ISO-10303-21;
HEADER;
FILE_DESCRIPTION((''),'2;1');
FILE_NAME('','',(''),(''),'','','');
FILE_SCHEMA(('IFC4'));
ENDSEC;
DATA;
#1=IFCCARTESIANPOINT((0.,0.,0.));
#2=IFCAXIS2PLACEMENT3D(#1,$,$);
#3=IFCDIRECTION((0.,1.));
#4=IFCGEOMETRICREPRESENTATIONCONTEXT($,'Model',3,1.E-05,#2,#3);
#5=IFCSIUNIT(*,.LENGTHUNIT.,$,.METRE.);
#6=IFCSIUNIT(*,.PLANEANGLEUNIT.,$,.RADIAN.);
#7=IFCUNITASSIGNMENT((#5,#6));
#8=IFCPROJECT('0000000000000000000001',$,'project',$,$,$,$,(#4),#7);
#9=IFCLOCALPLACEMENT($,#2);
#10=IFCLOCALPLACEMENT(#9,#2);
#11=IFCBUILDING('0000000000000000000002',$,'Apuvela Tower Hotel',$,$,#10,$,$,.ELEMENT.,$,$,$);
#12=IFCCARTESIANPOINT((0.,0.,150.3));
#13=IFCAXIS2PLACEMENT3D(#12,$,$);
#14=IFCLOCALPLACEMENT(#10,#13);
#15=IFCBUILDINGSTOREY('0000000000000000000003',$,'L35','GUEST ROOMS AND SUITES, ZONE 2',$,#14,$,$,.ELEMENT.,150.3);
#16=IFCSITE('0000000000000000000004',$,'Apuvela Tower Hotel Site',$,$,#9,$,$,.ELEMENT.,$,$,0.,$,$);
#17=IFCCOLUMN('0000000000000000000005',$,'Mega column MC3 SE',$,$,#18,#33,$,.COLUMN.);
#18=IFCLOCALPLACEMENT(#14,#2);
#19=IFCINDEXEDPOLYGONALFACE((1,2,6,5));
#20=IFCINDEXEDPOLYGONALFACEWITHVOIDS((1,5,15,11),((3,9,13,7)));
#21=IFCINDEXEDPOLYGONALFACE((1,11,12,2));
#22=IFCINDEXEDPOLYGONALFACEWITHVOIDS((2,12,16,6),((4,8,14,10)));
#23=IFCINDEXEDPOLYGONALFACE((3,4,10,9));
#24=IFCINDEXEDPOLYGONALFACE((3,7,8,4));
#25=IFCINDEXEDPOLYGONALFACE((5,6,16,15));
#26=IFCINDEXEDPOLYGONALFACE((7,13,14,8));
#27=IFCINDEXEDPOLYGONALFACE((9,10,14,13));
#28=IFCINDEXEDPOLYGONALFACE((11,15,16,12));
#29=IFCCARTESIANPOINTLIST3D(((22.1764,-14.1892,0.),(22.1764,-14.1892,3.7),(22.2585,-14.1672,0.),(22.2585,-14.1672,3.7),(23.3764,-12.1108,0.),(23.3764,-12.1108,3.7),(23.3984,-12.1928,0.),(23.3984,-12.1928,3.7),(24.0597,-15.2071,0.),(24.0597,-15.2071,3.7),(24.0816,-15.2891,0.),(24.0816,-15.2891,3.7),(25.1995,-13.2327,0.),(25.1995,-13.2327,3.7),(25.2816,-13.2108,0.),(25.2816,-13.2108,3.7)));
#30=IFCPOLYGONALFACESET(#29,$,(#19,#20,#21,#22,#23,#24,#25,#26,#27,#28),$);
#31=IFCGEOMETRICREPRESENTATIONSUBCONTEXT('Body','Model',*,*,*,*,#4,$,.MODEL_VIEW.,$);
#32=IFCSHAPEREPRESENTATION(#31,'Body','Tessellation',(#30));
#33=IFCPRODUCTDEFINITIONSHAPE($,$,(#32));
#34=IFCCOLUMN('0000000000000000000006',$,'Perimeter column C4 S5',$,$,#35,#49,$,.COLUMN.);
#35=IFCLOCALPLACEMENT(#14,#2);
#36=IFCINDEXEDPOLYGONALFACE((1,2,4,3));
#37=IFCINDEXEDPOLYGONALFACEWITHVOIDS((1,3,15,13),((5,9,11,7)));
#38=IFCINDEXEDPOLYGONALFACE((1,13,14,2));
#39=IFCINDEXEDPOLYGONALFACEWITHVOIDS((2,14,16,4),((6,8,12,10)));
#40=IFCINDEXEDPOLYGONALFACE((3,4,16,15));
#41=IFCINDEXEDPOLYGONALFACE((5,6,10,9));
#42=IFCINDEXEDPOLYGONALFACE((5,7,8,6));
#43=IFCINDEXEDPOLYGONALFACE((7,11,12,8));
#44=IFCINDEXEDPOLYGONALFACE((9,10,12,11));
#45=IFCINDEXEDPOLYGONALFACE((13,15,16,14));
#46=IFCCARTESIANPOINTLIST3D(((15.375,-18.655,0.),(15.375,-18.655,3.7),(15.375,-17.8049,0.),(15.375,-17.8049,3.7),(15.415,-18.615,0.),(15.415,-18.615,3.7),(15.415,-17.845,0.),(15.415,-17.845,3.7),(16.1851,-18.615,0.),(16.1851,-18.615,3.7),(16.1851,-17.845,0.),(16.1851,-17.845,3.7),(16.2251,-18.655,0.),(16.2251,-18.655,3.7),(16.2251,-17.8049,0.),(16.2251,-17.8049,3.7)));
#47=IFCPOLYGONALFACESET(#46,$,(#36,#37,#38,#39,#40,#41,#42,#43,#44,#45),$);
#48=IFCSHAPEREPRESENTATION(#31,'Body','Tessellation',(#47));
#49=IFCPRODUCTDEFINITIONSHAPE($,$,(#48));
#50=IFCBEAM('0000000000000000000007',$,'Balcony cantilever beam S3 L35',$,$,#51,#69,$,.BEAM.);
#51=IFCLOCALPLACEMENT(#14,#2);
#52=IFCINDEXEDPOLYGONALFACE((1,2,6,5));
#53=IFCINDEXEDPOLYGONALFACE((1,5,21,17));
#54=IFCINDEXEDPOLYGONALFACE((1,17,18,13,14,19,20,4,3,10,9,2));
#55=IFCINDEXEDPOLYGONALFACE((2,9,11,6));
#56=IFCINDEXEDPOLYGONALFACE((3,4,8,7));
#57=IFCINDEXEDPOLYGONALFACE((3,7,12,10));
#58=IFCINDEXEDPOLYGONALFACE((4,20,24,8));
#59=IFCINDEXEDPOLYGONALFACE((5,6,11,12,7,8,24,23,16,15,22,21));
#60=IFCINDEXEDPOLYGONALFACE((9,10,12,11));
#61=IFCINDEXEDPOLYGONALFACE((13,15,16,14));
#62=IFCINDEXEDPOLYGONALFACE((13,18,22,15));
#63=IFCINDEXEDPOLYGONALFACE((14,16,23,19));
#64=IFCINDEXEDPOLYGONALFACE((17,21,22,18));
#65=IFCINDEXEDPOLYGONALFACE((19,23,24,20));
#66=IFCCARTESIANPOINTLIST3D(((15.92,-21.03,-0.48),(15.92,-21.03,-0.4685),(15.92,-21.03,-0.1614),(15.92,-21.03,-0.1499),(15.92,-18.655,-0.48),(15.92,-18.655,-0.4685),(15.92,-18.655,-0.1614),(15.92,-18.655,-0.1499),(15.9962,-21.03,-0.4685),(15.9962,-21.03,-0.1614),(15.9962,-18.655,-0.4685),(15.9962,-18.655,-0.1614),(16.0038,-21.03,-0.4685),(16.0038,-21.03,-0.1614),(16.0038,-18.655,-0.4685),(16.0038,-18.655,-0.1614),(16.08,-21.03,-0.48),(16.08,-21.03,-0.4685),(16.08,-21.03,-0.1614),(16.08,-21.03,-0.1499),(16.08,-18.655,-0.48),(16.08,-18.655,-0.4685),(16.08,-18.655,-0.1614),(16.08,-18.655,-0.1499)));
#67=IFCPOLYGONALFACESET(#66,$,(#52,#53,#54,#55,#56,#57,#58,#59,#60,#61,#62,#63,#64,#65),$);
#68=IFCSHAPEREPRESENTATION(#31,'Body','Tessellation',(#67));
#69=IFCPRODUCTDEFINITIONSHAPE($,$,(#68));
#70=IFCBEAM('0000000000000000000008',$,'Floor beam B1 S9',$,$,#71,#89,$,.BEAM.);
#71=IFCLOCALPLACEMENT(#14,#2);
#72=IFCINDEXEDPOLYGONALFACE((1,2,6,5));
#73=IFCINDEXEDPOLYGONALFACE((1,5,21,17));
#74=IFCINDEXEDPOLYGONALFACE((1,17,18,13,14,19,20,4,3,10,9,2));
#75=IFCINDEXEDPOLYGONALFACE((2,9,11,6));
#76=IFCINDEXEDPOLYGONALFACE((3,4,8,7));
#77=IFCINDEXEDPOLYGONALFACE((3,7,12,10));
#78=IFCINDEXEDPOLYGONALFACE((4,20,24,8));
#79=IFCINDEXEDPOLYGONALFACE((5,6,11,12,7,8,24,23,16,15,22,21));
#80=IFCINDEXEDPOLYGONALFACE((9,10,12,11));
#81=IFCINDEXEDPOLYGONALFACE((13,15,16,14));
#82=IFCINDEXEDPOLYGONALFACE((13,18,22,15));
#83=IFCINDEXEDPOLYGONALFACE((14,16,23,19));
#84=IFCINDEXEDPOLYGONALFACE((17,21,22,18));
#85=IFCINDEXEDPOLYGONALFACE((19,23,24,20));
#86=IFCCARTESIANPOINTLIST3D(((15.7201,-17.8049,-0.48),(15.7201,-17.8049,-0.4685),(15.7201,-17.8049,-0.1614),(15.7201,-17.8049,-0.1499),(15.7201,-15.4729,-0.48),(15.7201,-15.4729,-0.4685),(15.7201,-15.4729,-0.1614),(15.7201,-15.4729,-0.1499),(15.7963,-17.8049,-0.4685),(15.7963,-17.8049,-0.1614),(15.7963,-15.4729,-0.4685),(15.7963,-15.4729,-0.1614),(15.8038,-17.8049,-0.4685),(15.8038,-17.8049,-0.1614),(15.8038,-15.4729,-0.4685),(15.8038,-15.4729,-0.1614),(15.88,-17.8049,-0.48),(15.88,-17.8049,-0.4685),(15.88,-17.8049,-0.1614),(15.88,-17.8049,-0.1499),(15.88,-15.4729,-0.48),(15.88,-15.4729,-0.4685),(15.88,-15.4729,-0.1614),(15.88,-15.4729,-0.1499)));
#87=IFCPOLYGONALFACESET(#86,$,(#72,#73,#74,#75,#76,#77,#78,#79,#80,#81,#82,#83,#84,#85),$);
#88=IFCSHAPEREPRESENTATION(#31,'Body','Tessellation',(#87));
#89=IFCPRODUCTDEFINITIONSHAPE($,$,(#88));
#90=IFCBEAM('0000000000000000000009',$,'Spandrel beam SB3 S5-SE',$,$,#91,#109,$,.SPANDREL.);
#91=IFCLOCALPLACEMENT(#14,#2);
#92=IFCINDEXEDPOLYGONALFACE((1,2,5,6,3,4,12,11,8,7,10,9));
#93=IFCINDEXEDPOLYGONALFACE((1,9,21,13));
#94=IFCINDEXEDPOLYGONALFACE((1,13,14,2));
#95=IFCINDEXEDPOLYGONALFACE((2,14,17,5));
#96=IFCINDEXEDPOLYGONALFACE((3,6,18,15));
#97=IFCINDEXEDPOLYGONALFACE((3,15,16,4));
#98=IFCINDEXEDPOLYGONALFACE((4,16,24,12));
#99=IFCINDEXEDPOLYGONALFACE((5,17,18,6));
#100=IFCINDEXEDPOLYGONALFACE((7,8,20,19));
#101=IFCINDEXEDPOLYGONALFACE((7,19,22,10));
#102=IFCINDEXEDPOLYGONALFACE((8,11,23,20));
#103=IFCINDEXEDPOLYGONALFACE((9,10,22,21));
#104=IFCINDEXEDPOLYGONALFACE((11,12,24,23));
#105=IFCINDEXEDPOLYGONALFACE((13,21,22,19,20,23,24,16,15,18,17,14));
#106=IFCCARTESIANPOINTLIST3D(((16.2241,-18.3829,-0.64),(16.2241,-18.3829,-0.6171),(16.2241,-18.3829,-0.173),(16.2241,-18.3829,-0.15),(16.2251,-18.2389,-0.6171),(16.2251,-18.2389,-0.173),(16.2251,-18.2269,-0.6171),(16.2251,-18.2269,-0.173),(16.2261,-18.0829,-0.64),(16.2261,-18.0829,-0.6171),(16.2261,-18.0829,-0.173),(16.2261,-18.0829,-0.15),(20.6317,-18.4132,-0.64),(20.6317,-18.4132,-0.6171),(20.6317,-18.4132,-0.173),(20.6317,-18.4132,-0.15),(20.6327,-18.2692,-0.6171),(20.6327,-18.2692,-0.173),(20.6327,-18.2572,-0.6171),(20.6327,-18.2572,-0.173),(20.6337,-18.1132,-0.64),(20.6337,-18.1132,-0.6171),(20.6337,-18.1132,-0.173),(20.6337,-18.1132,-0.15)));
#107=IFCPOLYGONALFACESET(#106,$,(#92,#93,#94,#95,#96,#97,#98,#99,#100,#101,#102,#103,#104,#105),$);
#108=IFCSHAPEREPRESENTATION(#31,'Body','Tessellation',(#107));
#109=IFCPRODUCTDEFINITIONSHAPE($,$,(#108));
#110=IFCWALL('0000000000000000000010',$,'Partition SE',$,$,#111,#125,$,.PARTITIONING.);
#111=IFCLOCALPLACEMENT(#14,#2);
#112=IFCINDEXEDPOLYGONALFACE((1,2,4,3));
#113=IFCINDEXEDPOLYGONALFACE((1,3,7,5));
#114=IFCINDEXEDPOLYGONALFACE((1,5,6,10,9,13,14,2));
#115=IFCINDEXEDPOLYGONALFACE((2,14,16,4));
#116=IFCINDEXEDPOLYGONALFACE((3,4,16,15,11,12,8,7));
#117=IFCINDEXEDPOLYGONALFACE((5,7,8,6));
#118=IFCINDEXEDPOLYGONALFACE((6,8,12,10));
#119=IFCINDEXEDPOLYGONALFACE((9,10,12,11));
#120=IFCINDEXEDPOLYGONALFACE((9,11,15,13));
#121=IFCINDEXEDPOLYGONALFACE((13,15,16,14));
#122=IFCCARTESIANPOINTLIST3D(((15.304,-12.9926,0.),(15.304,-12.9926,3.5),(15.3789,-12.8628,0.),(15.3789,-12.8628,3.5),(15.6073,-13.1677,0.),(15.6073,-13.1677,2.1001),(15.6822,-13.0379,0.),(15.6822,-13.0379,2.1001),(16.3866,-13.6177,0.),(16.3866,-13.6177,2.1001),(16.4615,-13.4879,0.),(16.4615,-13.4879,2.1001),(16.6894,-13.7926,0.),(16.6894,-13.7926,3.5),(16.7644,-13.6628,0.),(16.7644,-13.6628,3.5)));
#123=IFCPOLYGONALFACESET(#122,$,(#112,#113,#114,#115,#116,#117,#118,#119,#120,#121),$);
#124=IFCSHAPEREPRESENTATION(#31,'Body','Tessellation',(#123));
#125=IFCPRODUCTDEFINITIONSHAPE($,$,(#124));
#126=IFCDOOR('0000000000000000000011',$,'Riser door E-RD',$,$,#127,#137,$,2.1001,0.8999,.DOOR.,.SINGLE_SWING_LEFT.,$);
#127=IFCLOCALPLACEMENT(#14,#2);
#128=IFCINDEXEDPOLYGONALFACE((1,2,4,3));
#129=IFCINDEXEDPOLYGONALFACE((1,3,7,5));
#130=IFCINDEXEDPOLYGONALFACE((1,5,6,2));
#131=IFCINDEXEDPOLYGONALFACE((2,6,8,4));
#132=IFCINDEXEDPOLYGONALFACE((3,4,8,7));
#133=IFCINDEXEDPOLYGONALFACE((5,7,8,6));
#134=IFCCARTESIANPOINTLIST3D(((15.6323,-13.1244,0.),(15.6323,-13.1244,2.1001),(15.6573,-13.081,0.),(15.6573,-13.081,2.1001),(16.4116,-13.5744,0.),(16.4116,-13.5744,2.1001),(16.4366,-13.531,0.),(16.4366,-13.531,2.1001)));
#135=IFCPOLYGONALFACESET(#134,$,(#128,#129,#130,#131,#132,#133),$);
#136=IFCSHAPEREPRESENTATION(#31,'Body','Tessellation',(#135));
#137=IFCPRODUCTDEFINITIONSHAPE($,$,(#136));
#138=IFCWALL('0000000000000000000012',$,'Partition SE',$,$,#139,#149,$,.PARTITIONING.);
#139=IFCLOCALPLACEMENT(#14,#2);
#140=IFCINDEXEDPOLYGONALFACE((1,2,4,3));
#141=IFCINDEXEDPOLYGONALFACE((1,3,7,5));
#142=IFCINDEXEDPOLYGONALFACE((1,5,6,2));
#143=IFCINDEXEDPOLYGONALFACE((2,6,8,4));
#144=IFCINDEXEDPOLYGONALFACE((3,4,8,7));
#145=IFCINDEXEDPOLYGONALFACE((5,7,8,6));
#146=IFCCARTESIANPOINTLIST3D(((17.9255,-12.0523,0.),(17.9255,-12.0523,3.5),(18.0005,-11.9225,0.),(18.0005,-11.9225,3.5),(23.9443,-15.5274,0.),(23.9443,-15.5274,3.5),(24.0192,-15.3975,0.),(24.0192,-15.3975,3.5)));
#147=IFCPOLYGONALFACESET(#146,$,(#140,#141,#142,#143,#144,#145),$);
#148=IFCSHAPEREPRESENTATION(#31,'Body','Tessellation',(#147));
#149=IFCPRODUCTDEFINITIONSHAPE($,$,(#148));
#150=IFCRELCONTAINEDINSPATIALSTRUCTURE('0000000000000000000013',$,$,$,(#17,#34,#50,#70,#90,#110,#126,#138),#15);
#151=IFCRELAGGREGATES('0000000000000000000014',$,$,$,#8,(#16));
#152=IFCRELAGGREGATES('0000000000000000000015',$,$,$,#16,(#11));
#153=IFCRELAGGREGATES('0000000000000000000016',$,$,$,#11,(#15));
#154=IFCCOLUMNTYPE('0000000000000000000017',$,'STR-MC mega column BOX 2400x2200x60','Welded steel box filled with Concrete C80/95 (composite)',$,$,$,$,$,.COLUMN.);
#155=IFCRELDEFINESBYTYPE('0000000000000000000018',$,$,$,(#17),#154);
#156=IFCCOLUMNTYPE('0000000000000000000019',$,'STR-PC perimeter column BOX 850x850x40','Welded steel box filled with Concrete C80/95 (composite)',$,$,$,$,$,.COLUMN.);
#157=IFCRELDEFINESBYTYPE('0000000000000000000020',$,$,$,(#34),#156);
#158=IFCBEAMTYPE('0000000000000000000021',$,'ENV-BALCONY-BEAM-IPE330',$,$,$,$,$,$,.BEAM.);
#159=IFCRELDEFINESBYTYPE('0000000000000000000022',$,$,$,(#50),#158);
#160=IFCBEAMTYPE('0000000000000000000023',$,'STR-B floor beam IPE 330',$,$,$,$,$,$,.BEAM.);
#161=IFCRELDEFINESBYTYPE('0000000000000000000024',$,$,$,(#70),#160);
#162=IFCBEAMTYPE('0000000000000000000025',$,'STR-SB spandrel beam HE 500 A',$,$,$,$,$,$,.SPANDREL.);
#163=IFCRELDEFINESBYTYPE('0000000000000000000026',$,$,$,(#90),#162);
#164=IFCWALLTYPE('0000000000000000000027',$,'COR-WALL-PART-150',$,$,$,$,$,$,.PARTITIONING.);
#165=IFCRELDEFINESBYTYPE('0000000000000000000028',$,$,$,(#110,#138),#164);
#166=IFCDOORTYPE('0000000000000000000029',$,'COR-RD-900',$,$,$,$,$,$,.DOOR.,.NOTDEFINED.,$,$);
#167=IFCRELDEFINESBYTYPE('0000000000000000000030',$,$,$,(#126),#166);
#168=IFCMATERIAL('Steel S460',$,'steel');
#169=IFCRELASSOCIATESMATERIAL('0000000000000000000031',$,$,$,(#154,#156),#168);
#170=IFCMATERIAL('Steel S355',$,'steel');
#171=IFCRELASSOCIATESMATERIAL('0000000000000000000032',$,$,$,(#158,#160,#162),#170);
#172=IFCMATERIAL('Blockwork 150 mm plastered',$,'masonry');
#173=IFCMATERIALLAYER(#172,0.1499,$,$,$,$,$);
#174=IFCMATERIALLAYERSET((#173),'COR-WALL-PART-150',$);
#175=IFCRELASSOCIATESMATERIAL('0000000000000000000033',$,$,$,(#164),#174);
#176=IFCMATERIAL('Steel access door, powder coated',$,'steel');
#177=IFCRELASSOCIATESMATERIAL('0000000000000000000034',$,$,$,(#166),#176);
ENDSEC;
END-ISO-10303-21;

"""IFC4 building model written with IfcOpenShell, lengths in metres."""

from ifc_helpers import new_model, si_unit, direction, frame, frame_2d, origin, origin_2d, place, context, subcontext, project, spatial, rectangle, hollow_rectangle, i_section, extrude, material, layer, layer_set, material_profile, profile_set, type_object, element, fill, save


model = new_model("IFC4")

# Units and contexts
model_context = context("Model", 3, precision=1e-05, world=origin(), true_north=direction((0.0, 1.0)))
body_context = subcontext(model_context, "Body", "Model", "MODEL_VIEW")
ifc_project = project(units=[si_unit("LENGTHUNIT", "METRE"), si_unit("PLANEANGLEUNIT", "RADIAN")], contexts=[model_context])

# Site, building, storey
site_placement = place(None, origin())
site = spatial("IfcSite", under=ifc_project, at=site_placement, Name="Apuvela Tower Hotel Site", CompositionType="ELEMENT", RefElevation=0.0)
building_placement = place(site_placement, origin())
building = spatial("IfcBuilding", under=site, at=building_placement, Name="Apuvela Tower Hotel", CompositionType="ELEMENT")
storey_placement = place(building_placement, frame((0.0, 0.0, 150.3)))
storey = spatial("IfcBuildingStorey", under=building, at=storey_placement, Name="L35", Description="GUEST ROOMS AND SUITES, ZONE 2", CompositionType="ELEMENT", Elevation=150.3)

# Columns
ifc_material_1 = material(Name="Steel S460", Category="steel")
ifc_material_profile_1 = material_profile(ifc_material_1, hollow_rectangle(XDim=2.3999, YDim=2.2, WallThickness=0.0601, at=origin_2d()), Name="BOX 2400x2200x60")
ifc_material_2 = material(Name="Concrete C80/95", Category="concrete")
ifc_material_profile_2 = material_profile(ifc_material_2, rectangle(XDim=2.28, YDim=2.0801, at=origin_2d()), Name="Concrete C80/95 infill")
ifc_profile_set_1 = profile_set([ifc_material_profile_1, ifc_material_profile_2], Name="Steel S460")
column_type_1 = type_object("IfcColumnType", Name="STR-MC mega column BOX 2400x2200x60", Description="Welded steel box filled with Concrete C80/95 (composite)", PredefinedType="COLUMN", material=ifc_profile_set_1)
column_1_placement = place(storey_placement, frame((23.729, -13.7, 0.0), z_axis=(0.0, 0.0, 1.0), x_axis=(0.5, 0.866025, 0.0)))
element("IfcColumn", 1, at=column_1_placement, inside=storey, type_object=column_type_1, Name="Mega column MC3 SE", PredefinedType="COLUMN", context=body_context, shape_type="SweptSolid", body=[
    extrude(hollow_rectangle(XDim=2.3999, YDim=2.2, WallThickness=0.0601, at=origin_2d()), origin(), (0.0, 0.0, 1.0), 3.7),
])
ifc_material_profile_3 = material_profile(ifc_material_1, hollow_rectangle(XDim=0.8501, YDim=0.8501, WallThickness=0.04, at=origin_2d()), Name="BOX 850x850x40")
ifc_material_profile_4 = material_profile(ifc_material_2, rectangle(XDim=0.77, YDim=0.77, at=origin_2d()), Name="Concrete C80/95 infill")
ifc_profile_set_2 = profile_set([ifc_material_profile_3, ifc_material_profile_4], Name="Steel S460")
column_type_2 = type_object("IfcColumnType", Name="STR-PC perimeter column BOX 850x850x40", Description="Welded steel box filled with Concrete C80/95 (composite)", PredefinedType="COLUMN", material=ifc_profile_set_2)
column_2_placement = place(storey_placement, frame((15.8, -18.23, 0.0), z_axis=(0.0, 0.0, 1.0), x_axis=(-1.0, 0.0, 0.0)))
element("IfcColumn", 2, at=column_2_placement, inside=storey, type_object=column_type_2, Name="Perimeter column C4 S5", PredefinedType="COLUMN", context=body_context, shape_type="SweptSolid", body=[
    extrude(hollow_rectangle(XDim=0.8501, YDim=0.8501, WallThickness=0.04, at=origin_2d()), origin(), (0.0, 0.0, 1.0), 3.7),
])

# Beams
ifc_material_3 = material(Name="Steel S355", Category="steel")
ifc_material_profile_5 = material_profile(ifc_material_3, i_section(OverallWidth=0.1599, OverallDepth=0.3301, WebThickness=0.0076, FlangeThickness=0.0115, at=origin_2d()), Name="IPE 330")
ifc_profile_set_3 = profile_set([ifc_material_profile_5], Name="Steel S355")
beam_type_1 = type_object("IfcBeamType", Name="ENV-BALCONY-BEAM-IPE330", PredefinedType="BEAM", material=ifc_profile_set_3)
beam_1_placement = place(storey_placement, frame((16.0, -18.655, -0.3149), z_axis=(0.0, -1.0, 0.0), x_axis=(1.0, 0.0, 0.0)))
element("IfcBeam", 3, at=beam_1_placement, inside=storey, type_object=beam_type_1, Name="Balcony cantilever beam S3 L35", PredefinedType="BEAM", context=body_context, shape_type="SweptSolid", body=[
    extrude(i_section(OverallWidth=0.1599, OverallDepth=0.3301, WebThickness=0.0076, FlangeThickness=0.0115, at=origin_2d()), origin(), (0.0, 0.0, 1.0), 2.375),
])
ifc_material_profile_6 = material_profile(ifc_material_3, i_section(OverallWidth=0.1599, OverallDepth=0.3301, WebThickness=0.0076, FlangeThickness=0.0115, at=origin_2d()), Name="IPE 330")
ifc_profile_set_4 = profile_set([ifc_material_profile_6], Name="Steel S355")
beam_type_2 = type_object("IfcBeamType", Name="STR-B floor beam IPE 330", PredefinedType="BEAM", material=ifc_profile_set_4)
beam_2_placement = place(storey_placement, frame((15.8, -17.8049, -0.3149), z_axis=(0.0, 1.0, 0.0), x_axis=(-1.0, 0.0, 0.0)))
element("IfcBeam", 4, at=beam_2_placement, inside=storey, type_object=beam_type_2, Name="Floor beam B1 S9", PredefinedType="BEAM", context=body_context, shape_type="SweptSolid", body=[
    extrude(i_section(OverallWidth=0.1599, OverallDepth=0.3301, WebThickness=0.0076, FlangeThickness=0.0115, at=origin_2d()), origin(), (0.0, 0.0, 1.0), 2.332),
])
ifc_material_profile_7 = material_profile(ifc_material_3, i_section(OverallWidth=0.3, OverallDepth=0.49, WebThickness=0.012, FlangeThickness=0.0229, at=origin_2d()), Name="HE 500 A")
ifc_profile_set_5 = profile_set([ifc_material_profile_7], Name="Steel S355")
beam_type_3 = type_object("IfcBeamType", Name="STR-SB spandrel beam HE 500 A", PredefinedType="SPANDREL", material=ifc_profile_set_5)
beam_3_placement = place(storey_placement, frame((16.2251, -18.2329, -0.395), z_axis=(0.999976, -0.006868, 0.0), x_axis=(0.006868, 0.999976, 0.0)))
element("IfcBeam", 5, at=beam_3_placement, inside=storey, type_object=beam_type_3, Name="Spandrel beam SB3 S5-SE", PredefinedType="SPANDREL", context=body_context, shape_type="SweptSolid", body=[
    extrude(i_section(OverallWidth=0.3, OverallDepth=0.49, WebThickness=0.012, FlangeThickness=0.0229, at=origin_2d()), origin(), (0.0, 0.0, 1.0), 4.4077),
])

# Wall, opening, door
ifc_material_4 = material(Name="Blockwork 150 mm plastered", Category="masonry")
ifc_layer_1 = layer(ifc_material_4, 0.1499)
ifc_layer_set_1 = layer_set([ifc_layer_1], Name="COR-WALL-PART-150")
wall_type_1 = type_object("IfcWallType", Name="COR-WALL-PART-150", PredefinedType="PARTITIONING", material=ifc_layer_set_1)
wall_1_placement = place(storey_placement, frame((15.3416, -12.9277, 0.0), z_axis=(0.0, 0.0, 1.0), x_axis=(0.86599, -0.500061, 0.0)))
wall_1 = element("IfcWall", 6, at=wall_1_placement, inside=storey, type_object=wall_type_1, Name="Partition SE", PredefinedType="PARTITIONING", context=body_context, shape_type="SweptSolid", body=[
    extrude(rectangle(XDim=1.5999, YDim=0.1499, at=frame_2d((0.7998, 0.0))), origin(), (0.0, 0.0, 1.0), 3.5),
])
opening_1_placement = place(wall_1_placement, frame((0.3501, 0.0, 0.0)))
opening_1 = element("IfcOpeningElement", 7, at=opening_1_placement, cuts=wall_1, PredefinedType="OPENING", context=body_context, shape_type="SweptSolid", body=[
    extrude(rectangle(XDim=0.8999, YDim=2.1001, at=frame_2d((0.45, 1.05))), frame((0.0, 0.085, 0.0), z_axis=(0.0, -1.0, 0.0), x_axis=(1.0, 0.0, 0.0)), (0.0, 0.0, 1.0), 0.1699),
])
ifc_material_5 = material(Name="Steel access door, powder coated", Category="steel")
door_type_1 = type_object("IfcDoorType", Name="COR-RD-900", OperationType="NOTDEFINED", PredefinedType="DOOR", material=ifc_material_5)
door_1_placement = place(opening_1_placement, frame((0.8999, 0.0, 0.0), z_axis=(0.0, 0.0, 1.0), x_axis=(-1.0, 0.0, 0.0)))
door_1 = element("IfcDoor", 8, at=door_1_placement, inside=storey, type_object=door_type_1, Name="Riser door E-RD", OperationType="SINGLE_SWING_LEFT", OverallHeight=2.1001, OverallWidth=0.8999, PredefinedType="DOOR", context=body_context, shape_type="SweptSolid", body=[
    extrude(rectangle(XDim=0.8999, YDim=2.1001, at=frame_2d((0.45, 1.05))), frame((0.0, 0.0249, 0.0), z_axis=(0.0, -1.0, 0.0), x_axis=(1.0, 0.0, 0.0)), (0.0, 0.0, 1.0), 0.05),
])
fill(opening_1, door_1)

# Wall
wall_2_placement = place(storey_placement, frame((17.9629, -11.9873, 0.0), z_axis=(0.0, 0.0, 1.0), x_axis=(0.866017, -0.500015, 0.0)))
element("IfcWall", 9, at=wall_2_placement, inside=storey, type_object=wall_type_1, Name="Partition SE", PredefinedType="PARTITIONING", context=body_context, shape_type="SweptSolid", body=[
    extrude(rectangle(XDim=6.95, YDim=0.1499, at=frame_2d((3.4751, 0.0))), origin(), (0.0, 0.0, 1.0), 3.5),
])

save(model, "model.ifc")
